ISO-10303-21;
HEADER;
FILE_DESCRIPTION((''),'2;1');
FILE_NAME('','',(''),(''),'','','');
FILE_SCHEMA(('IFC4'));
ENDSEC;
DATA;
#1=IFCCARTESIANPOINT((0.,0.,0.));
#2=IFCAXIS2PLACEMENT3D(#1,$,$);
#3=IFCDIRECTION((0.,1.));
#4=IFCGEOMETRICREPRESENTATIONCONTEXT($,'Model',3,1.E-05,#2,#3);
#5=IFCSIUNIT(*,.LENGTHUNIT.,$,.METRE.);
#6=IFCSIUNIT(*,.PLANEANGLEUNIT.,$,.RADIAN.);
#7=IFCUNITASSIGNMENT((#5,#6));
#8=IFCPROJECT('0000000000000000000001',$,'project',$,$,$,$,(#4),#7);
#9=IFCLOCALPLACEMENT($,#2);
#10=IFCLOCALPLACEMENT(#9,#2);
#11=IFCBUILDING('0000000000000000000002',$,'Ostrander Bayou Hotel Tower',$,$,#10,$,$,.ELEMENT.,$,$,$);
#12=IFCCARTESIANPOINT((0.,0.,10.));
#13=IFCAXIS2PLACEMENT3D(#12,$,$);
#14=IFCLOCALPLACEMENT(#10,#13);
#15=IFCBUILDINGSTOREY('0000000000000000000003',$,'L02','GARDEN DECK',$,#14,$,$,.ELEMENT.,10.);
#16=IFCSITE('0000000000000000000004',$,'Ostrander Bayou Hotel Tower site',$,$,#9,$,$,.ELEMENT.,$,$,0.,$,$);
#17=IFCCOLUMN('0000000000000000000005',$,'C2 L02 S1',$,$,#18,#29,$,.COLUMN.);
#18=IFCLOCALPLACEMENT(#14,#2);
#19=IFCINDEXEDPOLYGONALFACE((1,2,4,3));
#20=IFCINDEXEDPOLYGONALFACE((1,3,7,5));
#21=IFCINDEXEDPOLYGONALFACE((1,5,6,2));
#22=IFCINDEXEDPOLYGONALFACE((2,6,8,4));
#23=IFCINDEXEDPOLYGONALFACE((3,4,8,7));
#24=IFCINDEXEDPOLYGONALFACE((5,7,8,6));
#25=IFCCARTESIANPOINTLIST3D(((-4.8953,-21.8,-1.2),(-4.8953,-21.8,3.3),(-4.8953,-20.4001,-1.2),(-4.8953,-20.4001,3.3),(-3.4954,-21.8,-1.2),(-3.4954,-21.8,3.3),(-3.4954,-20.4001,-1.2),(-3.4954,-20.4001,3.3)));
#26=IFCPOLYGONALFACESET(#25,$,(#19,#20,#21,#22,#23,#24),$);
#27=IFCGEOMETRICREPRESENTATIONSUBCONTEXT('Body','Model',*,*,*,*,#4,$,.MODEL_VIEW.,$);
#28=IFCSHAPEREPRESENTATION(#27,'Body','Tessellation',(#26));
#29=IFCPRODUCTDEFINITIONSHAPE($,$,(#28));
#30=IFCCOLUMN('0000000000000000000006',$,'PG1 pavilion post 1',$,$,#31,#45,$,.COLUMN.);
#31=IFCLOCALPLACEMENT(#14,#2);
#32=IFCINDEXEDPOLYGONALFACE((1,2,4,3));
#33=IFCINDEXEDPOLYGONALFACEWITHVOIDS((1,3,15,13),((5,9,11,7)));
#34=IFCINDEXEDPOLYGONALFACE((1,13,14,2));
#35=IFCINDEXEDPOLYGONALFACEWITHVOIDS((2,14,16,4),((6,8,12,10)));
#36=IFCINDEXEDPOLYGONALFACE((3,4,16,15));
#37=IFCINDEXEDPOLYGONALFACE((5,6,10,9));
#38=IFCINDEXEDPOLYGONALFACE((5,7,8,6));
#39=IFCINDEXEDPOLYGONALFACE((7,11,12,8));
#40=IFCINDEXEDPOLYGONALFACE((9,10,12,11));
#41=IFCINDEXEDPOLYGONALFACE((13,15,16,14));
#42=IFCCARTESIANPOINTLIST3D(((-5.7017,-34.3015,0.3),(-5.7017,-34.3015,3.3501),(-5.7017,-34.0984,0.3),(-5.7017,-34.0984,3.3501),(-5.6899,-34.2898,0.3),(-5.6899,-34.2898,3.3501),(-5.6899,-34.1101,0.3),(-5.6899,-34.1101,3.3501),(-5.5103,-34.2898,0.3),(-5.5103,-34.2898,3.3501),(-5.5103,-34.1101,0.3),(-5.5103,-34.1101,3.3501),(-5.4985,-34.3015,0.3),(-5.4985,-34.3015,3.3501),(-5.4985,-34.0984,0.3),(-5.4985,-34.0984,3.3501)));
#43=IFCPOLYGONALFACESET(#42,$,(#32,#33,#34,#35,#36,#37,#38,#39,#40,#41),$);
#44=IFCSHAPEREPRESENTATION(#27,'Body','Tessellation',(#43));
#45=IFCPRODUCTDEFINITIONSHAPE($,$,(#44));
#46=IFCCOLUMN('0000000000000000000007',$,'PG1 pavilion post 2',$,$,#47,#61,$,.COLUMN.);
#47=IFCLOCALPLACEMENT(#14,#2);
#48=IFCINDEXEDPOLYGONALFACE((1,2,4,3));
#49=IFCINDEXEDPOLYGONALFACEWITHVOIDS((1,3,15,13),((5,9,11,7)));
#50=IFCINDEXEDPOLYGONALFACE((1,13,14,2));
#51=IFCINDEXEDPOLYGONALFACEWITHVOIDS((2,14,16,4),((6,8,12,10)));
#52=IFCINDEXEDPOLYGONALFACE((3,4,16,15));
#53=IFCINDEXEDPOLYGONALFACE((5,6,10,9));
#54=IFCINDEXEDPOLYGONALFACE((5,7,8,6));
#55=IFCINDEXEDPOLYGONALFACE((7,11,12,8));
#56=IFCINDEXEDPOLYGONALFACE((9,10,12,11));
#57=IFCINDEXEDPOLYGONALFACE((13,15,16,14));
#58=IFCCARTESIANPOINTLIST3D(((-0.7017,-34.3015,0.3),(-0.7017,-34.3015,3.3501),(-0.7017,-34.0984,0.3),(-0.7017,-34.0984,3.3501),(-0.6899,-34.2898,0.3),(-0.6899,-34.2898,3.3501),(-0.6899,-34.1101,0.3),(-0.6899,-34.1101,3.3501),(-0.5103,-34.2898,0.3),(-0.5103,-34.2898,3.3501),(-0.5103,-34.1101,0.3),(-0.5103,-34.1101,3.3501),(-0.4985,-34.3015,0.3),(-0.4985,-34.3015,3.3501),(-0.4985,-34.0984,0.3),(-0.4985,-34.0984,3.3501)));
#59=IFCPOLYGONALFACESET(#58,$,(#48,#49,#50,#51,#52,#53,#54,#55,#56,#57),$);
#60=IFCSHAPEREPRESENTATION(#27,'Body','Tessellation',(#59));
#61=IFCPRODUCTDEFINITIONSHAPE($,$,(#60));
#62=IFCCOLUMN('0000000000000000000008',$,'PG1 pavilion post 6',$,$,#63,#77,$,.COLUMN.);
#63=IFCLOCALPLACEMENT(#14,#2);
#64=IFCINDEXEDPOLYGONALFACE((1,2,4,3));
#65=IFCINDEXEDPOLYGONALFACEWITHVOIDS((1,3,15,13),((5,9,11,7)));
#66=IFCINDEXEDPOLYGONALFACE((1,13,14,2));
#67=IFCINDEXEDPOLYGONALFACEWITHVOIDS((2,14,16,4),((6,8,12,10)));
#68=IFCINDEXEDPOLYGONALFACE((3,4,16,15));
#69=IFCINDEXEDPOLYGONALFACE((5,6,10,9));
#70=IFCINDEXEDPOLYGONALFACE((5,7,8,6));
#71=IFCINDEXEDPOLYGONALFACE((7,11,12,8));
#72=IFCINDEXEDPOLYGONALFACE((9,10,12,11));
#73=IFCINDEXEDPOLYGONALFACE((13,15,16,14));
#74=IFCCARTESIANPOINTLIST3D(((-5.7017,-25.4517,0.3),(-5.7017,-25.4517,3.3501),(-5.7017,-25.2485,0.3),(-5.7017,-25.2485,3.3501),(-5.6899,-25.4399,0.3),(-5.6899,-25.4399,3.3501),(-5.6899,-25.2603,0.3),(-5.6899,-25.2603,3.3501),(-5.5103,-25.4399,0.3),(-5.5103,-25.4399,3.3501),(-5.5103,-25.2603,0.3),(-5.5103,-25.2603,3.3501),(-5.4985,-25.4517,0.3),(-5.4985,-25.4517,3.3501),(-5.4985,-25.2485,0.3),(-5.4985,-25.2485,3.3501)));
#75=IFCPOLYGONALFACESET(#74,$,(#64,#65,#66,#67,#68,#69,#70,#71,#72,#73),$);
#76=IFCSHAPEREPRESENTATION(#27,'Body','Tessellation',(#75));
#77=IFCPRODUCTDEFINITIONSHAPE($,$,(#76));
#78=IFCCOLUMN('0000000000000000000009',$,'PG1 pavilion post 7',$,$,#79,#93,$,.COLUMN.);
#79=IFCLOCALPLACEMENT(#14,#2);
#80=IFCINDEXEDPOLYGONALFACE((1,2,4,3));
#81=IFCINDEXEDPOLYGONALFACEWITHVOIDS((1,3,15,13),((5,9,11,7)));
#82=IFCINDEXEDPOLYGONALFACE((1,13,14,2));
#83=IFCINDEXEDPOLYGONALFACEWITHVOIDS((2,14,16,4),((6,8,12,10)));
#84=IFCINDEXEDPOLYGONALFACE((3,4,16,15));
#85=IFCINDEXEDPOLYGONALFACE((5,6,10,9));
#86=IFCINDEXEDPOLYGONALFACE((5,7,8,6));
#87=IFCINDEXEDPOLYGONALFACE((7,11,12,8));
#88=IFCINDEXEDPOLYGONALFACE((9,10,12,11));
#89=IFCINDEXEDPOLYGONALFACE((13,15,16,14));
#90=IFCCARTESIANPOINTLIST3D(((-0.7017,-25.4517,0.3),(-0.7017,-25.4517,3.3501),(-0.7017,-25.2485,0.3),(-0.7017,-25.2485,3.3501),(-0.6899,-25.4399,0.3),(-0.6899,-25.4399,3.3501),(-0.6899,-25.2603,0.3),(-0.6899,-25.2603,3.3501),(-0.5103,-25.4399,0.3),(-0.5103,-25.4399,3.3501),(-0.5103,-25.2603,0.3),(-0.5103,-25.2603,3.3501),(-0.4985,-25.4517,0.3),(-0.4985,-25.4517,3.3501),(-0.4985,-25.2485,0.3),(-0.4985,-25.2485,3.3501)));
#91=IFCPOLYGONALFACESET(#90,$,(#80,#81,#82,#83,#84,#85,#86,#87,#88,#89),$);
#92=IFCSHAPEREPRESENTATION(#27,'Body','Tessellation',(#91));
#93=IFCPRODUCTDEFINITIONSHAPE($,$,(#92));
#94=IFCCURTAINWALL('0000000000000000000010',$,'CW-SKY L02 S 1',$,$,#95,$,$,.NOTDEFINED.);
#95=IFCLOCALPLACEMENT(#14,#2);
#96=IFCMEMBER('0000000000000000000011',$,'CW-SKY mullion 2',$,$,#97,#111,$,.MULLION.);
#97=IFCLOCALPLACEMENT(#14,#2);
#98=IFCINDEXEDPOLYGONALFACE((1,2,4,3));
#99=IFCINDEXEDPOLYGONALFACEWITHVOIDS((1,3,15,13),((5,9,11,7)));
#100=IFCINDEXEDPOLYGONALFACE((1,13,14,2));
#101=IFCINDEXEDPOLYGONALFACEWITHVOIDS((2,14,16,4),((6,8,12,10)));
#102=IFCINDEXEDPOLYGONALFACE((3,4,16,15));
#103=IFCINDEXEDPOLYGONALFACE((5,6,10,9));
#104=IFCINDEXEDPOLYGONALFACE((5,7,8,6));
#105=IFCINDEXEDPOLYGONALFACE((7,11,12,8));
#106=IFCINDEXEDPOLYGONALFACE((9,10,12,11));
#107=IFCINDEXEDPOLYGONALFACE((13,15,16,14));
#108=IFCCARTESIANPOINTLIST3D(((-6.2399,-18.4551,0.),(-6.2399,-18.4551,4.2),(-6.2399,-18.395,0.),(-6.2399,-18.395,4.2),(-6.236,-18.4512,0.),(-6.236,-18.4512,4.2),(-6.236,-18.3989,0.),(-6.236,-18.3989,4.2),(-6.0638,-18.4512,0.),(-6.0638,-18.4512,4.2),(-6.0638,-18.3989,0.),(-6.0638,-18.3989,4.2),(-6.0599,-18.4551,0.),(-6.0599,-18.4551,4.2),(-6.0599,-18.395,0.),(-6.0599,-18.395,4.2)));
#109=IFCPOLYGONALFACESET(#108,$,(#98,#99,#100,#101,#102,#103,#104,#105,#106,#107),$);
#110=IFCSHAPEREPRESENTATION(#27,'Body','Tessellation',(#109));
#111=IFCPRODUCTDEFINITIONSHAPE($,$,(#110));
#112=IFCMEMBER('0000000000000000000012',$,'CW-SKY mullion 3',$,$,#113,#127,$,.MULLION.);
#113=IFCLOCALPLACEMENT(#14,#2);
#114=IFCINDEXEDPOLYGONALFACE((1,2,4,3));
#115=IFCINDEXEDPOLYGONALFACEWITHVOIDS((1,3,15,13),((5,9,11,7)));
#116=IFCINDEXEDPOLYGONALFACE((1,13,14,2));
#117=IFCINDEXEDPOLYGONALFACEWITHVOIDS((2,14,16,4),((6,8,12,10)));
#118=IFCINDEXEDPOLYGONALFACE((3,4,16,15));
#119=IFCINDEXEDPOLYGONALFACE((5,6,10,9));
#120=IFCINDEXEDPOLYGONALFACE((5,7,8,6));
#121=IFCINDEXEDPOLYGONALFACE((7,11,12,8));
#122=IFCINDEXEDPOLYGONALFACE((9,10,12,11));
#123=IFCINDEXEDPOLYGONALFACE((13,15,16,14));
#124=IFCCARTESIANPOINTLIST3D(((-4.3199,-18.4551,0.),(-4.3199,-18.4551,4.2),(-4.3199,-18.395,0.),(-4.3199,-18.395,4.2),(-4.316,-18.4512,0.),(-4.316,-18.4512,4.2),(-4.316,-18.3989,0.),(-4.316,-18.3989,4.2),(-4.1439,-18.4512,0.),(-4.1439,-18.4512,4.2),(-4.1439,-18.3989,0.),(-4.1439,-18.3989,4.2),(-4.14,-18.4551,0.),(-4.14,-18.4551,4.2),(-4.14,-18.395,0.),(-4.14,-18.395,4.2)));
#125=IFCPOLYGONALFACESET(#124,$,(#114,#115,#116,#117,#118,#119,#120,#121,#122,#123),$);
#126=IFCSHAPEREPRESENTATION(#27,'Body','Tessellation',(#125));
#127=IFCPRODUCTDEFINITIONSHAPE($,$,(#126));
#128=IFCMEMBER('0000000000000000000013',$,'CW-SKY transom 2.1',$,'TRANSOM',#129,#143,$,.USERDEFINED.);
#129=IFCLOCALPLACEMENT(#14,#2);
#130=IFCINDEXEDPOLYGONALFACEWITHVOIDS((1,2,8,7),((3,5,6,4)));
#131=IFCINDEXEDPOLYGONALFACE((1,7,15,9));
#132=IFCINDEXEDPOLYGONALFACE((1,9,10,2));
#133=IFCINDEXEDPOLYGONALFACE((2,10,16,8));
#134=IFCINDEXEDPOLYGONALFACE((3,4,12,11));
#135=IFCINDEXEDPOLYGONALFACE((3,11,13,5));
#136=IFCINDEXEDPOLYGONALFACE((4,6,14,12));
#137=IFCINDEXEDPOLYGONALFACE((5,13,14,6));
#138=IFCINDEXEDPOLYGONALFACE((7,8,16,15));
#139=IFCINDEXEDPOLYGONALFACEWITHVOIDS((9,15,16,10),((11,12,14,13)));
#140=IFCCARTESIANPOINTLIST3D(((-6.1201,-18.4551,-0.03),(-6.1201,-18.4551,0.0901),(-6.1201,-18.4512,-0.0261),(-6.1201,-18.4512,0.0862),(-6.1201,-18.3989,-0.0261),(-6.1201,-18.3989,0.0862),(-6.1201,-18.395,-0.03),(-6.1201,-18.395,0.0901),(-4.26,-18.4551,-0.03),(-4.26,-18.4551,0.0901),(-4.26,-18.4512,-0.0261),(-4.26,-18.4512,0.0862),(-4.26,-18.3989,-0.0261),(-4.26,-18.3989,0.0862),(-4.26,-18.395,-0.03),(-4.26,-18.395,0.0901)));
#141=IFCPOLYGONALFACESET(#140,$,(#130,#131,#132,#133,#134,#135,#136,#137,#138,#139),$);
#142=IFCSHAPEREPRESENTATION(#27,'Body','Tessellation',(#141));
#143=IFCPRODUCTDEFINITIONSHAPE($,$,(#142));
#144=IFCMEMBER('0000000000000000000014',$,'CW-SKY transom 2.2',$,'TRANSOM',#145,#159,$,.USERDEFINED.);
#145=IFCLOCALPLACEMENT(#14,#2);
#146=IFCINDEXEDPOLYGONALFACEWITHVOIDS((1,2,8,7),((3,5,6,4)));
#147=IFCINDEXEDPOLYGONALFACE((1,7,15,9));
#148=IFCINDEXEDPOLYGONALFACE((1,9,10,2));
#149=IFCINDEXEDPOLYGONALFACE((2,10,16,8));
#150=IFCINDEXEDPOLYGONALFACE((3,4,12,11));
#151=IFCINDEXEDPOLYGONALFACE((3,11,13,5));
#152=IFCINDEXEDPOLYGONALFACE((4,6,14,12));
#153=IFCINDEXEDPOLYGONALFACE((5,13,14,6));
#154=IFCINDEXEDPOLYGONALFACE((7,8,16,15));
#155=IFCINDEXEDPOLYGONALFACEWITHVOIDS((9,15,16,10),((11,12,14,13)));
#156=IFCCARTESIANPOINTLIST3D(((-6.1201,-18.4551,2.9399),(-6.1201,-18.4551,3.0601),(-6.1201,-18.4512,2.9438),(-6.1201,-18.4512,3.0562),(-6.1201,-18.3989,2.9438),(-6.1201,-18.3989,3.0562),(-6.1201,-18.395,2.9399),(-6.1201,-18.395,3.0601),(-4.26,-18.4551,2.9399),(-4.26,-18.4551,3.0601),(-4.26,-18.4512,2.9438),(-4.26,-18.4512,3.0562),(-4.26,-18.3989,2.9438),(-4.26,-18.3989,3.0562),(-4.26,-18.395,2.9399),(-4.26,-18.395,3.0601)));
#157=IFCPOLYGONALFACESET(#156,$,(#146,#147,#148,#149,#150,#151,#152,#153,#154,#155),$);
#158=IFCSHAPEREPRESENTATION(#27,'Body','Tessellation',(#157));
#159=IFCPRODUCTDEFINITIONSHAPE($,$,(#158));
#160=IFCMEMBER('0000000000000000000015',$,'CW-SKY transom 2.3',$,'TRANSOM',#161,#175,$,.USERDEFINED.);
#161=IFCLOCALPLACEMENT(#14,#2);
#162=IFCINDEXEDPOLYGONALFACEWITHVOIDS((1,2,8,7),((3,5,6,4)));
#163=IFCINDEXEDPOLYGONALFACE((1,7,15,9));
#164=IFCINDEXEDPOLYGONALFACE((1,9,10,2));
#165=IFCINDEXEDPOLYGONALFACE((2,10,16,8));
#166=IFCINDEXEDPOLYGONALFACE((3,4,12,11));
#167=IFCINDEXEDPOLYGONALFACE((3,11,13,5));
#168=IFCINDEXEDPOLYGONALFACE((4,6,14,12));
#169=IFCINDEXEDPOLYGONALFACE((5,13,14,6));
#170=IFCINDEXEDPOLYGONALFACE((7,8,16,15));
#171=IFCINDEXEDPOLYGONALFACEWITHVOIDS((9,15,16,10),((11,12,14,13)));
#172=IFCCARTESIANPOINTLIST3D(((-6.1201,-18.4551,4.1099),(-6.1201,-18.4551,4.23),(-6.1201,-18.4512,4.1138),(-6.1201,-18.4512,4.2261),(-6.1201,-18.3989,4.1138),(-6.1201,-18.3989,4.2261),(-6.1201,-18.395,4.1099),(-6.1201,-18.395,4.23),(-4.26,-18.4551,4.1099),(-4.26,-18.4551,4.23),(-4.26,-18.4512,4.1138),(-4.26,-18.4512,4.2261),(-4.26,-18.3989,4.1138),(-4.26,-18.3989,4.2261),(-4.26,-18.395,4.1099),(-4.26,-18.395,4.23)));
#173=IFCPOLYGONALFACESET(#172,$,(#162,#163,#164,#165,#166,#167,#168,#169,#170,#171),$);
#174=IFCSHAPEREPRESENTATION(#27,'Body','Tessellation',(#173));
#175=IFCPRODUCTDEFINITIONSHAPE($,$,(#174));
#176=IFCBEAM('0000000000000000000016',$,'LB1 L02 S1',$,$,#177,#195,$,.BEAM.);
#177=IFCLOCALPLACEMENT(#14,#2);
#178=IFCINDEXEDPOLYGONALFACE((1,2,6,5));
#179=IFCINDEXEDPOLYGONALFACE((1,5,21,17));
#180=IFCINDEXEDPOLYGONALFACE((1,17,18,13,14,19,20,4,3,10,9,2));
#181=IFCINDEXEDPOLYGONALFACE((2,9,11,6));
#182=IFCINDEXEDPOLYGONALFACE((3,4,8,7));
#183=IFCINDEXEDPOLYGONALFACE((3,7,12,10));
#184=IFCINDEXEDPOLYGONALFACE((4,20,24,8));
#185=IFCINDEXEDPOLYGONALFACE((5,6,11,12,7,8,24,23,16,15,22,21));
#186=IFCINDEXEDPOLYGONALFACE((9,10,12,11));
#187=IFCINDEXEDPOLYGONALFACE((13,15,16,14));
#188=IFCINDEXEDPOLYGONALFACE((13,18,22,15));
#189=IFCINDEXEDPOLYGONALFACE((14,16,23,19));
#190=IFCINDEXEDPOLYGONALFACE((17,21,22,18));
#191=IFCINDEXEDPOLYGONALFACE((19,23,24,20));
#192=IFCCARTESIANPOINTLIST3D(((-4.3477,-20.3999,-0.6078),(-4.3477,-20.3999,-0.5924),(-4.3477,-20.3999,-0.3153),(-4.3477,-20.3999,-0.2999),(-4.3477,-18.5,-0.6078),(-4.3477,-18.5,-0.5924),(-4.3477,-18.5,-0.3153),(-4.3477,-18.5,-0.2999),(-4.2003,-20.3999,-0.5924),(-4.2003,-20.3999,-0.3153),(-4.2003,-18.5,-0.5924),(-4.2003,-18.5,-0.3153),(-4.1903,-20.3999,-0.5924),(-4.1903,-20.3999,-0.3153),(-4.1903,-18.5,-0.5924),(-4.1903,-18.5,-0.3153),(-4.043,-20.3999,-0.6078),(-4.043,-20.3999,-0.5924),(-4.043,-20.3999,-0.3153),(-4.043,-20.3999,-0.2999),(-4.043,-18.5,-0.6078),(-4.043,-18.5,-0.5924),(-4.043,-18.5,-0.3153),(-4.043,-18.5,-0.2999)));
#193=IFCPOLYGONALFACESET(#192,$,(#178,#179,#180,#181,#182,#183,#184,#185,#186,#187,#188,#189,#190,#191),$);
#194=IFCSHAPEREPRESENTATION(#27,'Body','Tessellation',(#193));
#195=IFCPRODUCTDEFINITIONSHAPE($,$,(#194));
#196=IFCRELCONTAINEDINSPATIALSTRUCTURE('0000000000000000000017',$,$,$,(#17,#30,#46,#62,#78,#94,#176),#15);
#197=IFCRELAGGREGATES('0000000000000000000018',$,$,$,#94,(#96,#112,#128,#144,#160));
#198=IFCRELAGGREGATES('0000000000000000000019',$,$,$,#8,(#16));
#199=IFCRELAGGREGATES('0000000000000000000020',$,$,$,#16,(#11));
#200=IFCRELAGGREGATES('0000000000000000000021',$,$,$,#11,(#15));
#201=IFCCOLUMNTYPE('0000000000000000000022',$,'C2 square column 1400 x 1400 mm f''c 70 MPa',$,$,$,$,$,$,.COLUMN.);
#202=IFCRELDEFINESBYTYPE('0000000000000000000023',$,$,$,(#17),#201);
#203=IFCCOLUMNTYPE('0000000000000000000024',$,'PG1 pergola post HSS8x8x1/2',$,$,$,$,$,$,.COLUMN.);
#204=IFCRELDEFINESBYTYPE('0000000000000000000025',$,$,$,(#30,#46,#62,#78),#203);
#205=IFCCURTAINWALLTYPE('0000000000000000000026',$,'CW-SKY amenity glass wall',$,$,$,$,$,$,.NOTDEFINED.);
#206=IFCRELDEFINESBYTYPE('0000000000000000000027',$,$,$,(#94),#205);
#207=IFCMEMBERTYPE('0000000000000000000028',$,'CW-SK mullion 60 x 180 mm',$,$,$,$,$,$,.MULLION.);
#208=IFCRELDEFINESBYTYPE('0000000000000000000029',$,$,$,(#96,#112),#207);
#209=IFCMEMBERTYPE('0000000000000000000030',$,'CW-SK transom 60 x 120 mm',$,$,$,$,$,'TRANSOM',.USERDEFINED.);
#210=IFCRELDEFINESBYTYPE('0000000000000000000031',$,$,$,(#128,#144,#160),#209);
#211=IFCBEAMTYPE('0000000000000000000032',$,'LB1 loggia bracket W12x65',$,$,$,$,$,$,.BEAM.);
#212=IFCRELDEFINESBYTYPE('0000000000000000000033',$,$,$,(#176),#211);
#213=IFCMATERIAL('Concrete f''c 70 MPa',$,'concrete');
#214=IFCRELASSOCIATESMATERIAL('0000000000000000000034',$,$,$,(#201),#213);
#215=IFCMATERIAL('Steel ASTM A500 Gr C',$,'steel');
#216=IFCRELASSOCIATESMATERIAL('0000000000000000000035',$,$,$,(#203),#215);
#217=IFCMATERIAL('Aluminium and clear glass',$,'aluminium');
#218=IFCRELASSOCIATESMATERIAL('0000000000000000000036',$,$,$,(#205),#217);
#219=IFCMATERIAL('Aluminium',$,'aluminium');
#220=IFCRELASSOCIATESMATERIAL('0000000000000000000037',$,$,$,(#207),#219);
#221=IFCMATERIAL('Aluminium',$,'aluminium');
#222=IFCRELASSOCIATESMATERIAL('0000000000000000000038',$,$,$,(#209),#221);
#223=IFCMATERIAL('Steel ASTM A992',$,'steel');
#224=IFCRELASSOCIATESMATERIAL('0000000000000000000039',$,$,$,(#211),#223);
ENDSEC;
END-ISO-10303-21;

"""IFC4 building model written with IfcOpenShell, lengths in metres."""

from ifc_helpers import new_model, si_unit, direction, frame, origin, origin_2d, place, context, subcontext, project, spatial, rectangle, hollow_rectangle, i_section, extrude, material, material_profile, profile_set, type_object, element, aggregate, save


model = new_model("IFC4")

# Units and contexts
model_context = context("Model", 3, precision=1e-05, world=origin(), true_north=direction((0.0, 1.0)))
body_context = subcontext(model_context, "Body", "Model", "MODEL_VIEW")
ifc_project = project(units=[si_unit("LENGTHUNIT", "METRE"), si_unit("PLANEANGLEUNIT", "RADIAN")], contexts=[model_context])

# Site, building, storey
site_placement = place(None, origin())
site = spatial("IfcSite", under=ifc_project, at=site_placement, Name="Ostrander Bayou Hotel Tower site", CompositionType="ELEMENT", RefElevation=0.0)
building_placement = place(site_placement, origin())
building = spatial("IfcBuilding", under=site, at=building_placement, Name="Ostrander Bayou Hotel Tower", CompositionType="ELEMENT")
storey_placement = place(building_placement, frame((0.0, 0.0, 10.0)))
storey = spatial("IfcBuildingStorey", under=building, at=storey_placement, Name="L02", Description="GARDEN DECK", CompositionType="ELEMENT", Elevation=10.0)

# Columns
ifc_material_1 = material(Name="Concrete f'c 70 MPa", Category="concrete")
ifc_material_profile_1 = material_profile(ifc_material_1, rectangle(XDim=1.3999, YDim=1.3999, at=origin_2d()))
ifc_profile_set_1 = profile_set([ifc_material_profile_1], Name="Concrete f'c 70 MPa")
column_type_1 = type_object("IfcColumnType", Name="C2 square column 1400 x 1400 mm f'c 70 MPa", PredefinedType="COLUMN", material=ifc_profile_set_1)
column_placement = place(storey_placement, frame((-4.1953, -21.1001, -1.2), z_axis=(0.0, 0.0, 1.0), x_axis=(-1.0, 0.0, 0.0)))
element("IfcColumn", 1, at=column_placement, inside=storey, type_object=column_type_1, Name="C2 L02 S1", PredefinedType="COLUMN", context=body_context, shape_type="SweptSolid", body=[
    extrude(rectangle(XDim=1.3999, YDim=1.3999, at=origin_2d()), origin(), (0.0, 0.0, 1.0), 4.5),
])
ifc_material_2 = material(Name="Steel ASTM A500 Gr C", Category="steel")
ifc_material_profile_2 = material_profile(ifc_material_2, hollow_rectangle(XDim=0.2031, YDim=0.2031, WallThickness=0.0117, at=origin_2d()))
ifc_profile_set_2 = profile_set([ifc_material_profile_2], Name="Steel ASTM A500 Gr C")
column_type_2 = type_object("IfcColumnType", Name="PG1 pergola post HSS8x8x1/2", PredefinedType="COLUMN", material=ifc_profile_set_2)
for number, where, z_axis, x_axis, name in (
    (2, (-5.6001, -34.2, 0.3), (0.0, 0.0, 1.0), (1.0, 0.0, 0.0), "PG1 pavilion post 1"),
    (3, (-0.6001, -34.2, 0.3), (0.0, 0.0, 1.0), (1.0, 0.0, 0.0), "PG1 pavilion post 2"),
    (4, (-5.6001, -25.3501, 0.3), (0.0, 0.0, 1.0), (1.0, 0.0, 0.0), "PG1 pavilion post 6"),
    (5, (-0.6001, -25.3501, 0.3), (0.0, 0.0, 1.0), (1.0, 0.0, 0.0), "PG1 pavilion post 7"),
):
    element("IfcColumn", number, at=place(storey_placement, frame(where, z_axis=z_axis, x_axis=x_axis)), inside=storey, type_object=column_type_2, Name=name, PredefinedType="COLUMN", context=body_context, shape_type="SweptSolid", body=[
        extrude(hollow_rectangle(XDim=0.2031, YDim=0.2031, WallThickness=0.0117, at=origin_2d()), origin(), (0.0, 0.0, 1.0), 3.05),
    ])

# Curtain wall, members
ifc_material_3 = material(Name="Aluminium and clear glass", Category="aluminium")
curtain_wall_type_1 = type_object("IfcCurtainWallType", Name="CW-SKY amenity glass wall", PredefinedType="NOTDEFINED", material=ifc_material_3)
curtain_wall_1_placement = place(storey_placement, origin())
curtain_wall_1 = element("IfcCurtainWall", 6, at=curtain_wall_1_placement, inside=storey, type_object=curtain_wall_type_1, Name="CW-SKY L02 S 1", PredefinedType="NOTDEFINED")
ifc_material_4 = material(Name="Aluminium", Category="aluminium")
ifc_material_profile_3 = material_profile(ifc_material_4, hollow_rectangle(XDim=0.0601, YDim=0.1799, WallThickness=0.0039, at=origin_2d()))
ifc_profile_set_3 = profile_set([ifc_material_profile_3], Name="Aluminium")
member_type_1 = type_object("IfcMemberType", Name="CW-SK mullion 60 x 180 mm", PredefinedType="MULLION", material=ifc_profile_set_3)
member_1_placement = place(storey_placement, frame((-6.1499, -18.425, 0.0), z_axis=(0.0, 0.0, 1.0), x_axis=(0.0, 1.0, 0.0)))
member_1 = element("IfcMember", 7, at=member_1_placement, type_object=member_type_1, Name="CW-SKY mullion 2", PredefinedType="MULLION", context=body_context, shape_type="SweptSolid", body=[
    extrude(hollow_rectangle(XDim=0.0601, YDim=0.1799, WallThickness=0.0039, at=origin_2d()), origin(), (0.0, 0.0, 1.0), 4.2),
])
member_2_placement = place(storey_placement, frame((-4.23, -18.425, 0.0), z_axis=(0.0, 0.0, 1.0), x_axis=(0.0, 1.0, 0.0)))
member_2 = element("IfcMember", 8, at=member_2_placement, type_object=member_type_1, Name="CW-SKY mullion 3", PredefinedType="MULLION", context=body_context, shape_type="SweptSolid", body=[
    extrude(hollow_rectangle(XDim=0.0601, YDim=0.1799, WallThickness=0.0039, at=origin_2d()), origin(), (0.0, 0.0, 1.0), 4.2),
])
ifc_material_5 = material(Name="Aluminium", Category="aluminium")
ifc_material_profile_4 = material_profile(ifc_material_5, hollow_rectangle(XDim=0.0601, YDim=0.1201, WallThickness=0.0039, at=origin_2d()))
ifc_profile_set_4 = profile_set([ifc_material_profile_4], Name="Aluminium")
member_type_2 = type_object("IfcMemberType", Name="CW-SK transom 60 x 120 mm", ElementType="TRANSOM", PredefinedType="USERDEFINED", material=ifc_profile_set_4)
member_3_placement = place(storey_placement, frame((-6.1201, -18.425, 0.03), z_axis=(1.0, 0.0, 0.0), x_axis=(0.0, 1.0, 0.0)))
member_3 = element("IfcMember", 9, at=member_3_placement, type_object=member_type_2, Name="CW-SKY transom 2.1", ObjectType="TRANSOM", PredefinedType="USERDEFINED", context=body_context, shape_type="SweptSolid", body=[
    extrude(hollow_rectangle(XDim=0.0601, YDim=0.1201, WallThickness=0.0039, at=origin_2d()), origin(), (0.0, 0.0, 1.0), 1.8601),
])
member_4_placement = place(storey_placement, frame((-6.1201, -18.425, 3.0), z_axis=(1.0, 0.0, 0.0), x_axis=(0.0, 1.0, 0.0)))
member_4 = element("IfcMember", 10, at=member_4_placement, type_object=member_type_2, Name="CW-SKY transom 2.2", ObjectType="TRANSOM", PredefinedType="USERDEFINED", context=body_context, shape_type="SweptSolid", body=[
    extrude(hollow_rectangle(XDim=0.0601, YDim=0.1201, WallThickness=0.0039, at=origin_2d()), origin(), (0.0, 0.0, 1.0), 1.8601),
])
member_5_placement = place(storey_placement, frame((-6.1201, -18.425, 4.1699), z_axis=(1.0, 0.0, 0.0), x_axis=(0.0, 1.0, 0.0)))
member_5 = element("IfcMember", 11, at=member_5_placement, type_object=member_type_2, Name="CW-SKY transom 2.3", ObjectType="TRANSOM", PredefinedType="USERDEFINED", context=body_context, shape_type="SweptSolid", body=[
    extrude(hollow_rectangle(XDim=0.0601, YDim=0.1201, WallThickness=0.0039, at=origin_2d()), origin(), (0.0, 0.0, 1.0), 1.8601),
])

# Beam
ifc_material_6 = material(Name="Steel ASTM A992", Category="steel")
ifc_material_profile_5 = material_profile(ifc_material_6, i_section(OverallWidth=0.3047, OverallDepth=0.3079, WebThickness=0.01, FlangeThickness=0.0154, at=origin_2d()))
ifc_profile_set_5 = profile_set([ifc_material_profile_5], Name="Steel ASTM A992")
beam_type_1 = type_object("IfcBeamType", Name="LB1 loggia bracket W12x65", PredefinedType="BEAM", material=ifc_profile_set_5)
beam_1_placement = place(storey_placement, frame((-4.1953, -20.3999, -0.4539), z_axis=(0.0, 1.0, 0.0), x_axis=(-1.0, 0.0, 0.0)))
element("IfcBeam", 12, at=beam_1_placement, inside=storey, type_object=beam_type_1, Name="LB1 L02 S1", PredefinedType="BEAM", context=body_context, shape_type="SweptSolid", body=[
    extrude(i_section(OverallWidth=0.3047, OverallDepth=0.3079, WebThickness=0.01, FlangeThickness=0.0154, at=origin_2d()), origin(), (0.0, 0.0, 1.0), 1.8999),
])

aggregate(curtain_wall_1, [member_1, member_2, member_3, member_4, member_5])

save(model, "model.ifc")
